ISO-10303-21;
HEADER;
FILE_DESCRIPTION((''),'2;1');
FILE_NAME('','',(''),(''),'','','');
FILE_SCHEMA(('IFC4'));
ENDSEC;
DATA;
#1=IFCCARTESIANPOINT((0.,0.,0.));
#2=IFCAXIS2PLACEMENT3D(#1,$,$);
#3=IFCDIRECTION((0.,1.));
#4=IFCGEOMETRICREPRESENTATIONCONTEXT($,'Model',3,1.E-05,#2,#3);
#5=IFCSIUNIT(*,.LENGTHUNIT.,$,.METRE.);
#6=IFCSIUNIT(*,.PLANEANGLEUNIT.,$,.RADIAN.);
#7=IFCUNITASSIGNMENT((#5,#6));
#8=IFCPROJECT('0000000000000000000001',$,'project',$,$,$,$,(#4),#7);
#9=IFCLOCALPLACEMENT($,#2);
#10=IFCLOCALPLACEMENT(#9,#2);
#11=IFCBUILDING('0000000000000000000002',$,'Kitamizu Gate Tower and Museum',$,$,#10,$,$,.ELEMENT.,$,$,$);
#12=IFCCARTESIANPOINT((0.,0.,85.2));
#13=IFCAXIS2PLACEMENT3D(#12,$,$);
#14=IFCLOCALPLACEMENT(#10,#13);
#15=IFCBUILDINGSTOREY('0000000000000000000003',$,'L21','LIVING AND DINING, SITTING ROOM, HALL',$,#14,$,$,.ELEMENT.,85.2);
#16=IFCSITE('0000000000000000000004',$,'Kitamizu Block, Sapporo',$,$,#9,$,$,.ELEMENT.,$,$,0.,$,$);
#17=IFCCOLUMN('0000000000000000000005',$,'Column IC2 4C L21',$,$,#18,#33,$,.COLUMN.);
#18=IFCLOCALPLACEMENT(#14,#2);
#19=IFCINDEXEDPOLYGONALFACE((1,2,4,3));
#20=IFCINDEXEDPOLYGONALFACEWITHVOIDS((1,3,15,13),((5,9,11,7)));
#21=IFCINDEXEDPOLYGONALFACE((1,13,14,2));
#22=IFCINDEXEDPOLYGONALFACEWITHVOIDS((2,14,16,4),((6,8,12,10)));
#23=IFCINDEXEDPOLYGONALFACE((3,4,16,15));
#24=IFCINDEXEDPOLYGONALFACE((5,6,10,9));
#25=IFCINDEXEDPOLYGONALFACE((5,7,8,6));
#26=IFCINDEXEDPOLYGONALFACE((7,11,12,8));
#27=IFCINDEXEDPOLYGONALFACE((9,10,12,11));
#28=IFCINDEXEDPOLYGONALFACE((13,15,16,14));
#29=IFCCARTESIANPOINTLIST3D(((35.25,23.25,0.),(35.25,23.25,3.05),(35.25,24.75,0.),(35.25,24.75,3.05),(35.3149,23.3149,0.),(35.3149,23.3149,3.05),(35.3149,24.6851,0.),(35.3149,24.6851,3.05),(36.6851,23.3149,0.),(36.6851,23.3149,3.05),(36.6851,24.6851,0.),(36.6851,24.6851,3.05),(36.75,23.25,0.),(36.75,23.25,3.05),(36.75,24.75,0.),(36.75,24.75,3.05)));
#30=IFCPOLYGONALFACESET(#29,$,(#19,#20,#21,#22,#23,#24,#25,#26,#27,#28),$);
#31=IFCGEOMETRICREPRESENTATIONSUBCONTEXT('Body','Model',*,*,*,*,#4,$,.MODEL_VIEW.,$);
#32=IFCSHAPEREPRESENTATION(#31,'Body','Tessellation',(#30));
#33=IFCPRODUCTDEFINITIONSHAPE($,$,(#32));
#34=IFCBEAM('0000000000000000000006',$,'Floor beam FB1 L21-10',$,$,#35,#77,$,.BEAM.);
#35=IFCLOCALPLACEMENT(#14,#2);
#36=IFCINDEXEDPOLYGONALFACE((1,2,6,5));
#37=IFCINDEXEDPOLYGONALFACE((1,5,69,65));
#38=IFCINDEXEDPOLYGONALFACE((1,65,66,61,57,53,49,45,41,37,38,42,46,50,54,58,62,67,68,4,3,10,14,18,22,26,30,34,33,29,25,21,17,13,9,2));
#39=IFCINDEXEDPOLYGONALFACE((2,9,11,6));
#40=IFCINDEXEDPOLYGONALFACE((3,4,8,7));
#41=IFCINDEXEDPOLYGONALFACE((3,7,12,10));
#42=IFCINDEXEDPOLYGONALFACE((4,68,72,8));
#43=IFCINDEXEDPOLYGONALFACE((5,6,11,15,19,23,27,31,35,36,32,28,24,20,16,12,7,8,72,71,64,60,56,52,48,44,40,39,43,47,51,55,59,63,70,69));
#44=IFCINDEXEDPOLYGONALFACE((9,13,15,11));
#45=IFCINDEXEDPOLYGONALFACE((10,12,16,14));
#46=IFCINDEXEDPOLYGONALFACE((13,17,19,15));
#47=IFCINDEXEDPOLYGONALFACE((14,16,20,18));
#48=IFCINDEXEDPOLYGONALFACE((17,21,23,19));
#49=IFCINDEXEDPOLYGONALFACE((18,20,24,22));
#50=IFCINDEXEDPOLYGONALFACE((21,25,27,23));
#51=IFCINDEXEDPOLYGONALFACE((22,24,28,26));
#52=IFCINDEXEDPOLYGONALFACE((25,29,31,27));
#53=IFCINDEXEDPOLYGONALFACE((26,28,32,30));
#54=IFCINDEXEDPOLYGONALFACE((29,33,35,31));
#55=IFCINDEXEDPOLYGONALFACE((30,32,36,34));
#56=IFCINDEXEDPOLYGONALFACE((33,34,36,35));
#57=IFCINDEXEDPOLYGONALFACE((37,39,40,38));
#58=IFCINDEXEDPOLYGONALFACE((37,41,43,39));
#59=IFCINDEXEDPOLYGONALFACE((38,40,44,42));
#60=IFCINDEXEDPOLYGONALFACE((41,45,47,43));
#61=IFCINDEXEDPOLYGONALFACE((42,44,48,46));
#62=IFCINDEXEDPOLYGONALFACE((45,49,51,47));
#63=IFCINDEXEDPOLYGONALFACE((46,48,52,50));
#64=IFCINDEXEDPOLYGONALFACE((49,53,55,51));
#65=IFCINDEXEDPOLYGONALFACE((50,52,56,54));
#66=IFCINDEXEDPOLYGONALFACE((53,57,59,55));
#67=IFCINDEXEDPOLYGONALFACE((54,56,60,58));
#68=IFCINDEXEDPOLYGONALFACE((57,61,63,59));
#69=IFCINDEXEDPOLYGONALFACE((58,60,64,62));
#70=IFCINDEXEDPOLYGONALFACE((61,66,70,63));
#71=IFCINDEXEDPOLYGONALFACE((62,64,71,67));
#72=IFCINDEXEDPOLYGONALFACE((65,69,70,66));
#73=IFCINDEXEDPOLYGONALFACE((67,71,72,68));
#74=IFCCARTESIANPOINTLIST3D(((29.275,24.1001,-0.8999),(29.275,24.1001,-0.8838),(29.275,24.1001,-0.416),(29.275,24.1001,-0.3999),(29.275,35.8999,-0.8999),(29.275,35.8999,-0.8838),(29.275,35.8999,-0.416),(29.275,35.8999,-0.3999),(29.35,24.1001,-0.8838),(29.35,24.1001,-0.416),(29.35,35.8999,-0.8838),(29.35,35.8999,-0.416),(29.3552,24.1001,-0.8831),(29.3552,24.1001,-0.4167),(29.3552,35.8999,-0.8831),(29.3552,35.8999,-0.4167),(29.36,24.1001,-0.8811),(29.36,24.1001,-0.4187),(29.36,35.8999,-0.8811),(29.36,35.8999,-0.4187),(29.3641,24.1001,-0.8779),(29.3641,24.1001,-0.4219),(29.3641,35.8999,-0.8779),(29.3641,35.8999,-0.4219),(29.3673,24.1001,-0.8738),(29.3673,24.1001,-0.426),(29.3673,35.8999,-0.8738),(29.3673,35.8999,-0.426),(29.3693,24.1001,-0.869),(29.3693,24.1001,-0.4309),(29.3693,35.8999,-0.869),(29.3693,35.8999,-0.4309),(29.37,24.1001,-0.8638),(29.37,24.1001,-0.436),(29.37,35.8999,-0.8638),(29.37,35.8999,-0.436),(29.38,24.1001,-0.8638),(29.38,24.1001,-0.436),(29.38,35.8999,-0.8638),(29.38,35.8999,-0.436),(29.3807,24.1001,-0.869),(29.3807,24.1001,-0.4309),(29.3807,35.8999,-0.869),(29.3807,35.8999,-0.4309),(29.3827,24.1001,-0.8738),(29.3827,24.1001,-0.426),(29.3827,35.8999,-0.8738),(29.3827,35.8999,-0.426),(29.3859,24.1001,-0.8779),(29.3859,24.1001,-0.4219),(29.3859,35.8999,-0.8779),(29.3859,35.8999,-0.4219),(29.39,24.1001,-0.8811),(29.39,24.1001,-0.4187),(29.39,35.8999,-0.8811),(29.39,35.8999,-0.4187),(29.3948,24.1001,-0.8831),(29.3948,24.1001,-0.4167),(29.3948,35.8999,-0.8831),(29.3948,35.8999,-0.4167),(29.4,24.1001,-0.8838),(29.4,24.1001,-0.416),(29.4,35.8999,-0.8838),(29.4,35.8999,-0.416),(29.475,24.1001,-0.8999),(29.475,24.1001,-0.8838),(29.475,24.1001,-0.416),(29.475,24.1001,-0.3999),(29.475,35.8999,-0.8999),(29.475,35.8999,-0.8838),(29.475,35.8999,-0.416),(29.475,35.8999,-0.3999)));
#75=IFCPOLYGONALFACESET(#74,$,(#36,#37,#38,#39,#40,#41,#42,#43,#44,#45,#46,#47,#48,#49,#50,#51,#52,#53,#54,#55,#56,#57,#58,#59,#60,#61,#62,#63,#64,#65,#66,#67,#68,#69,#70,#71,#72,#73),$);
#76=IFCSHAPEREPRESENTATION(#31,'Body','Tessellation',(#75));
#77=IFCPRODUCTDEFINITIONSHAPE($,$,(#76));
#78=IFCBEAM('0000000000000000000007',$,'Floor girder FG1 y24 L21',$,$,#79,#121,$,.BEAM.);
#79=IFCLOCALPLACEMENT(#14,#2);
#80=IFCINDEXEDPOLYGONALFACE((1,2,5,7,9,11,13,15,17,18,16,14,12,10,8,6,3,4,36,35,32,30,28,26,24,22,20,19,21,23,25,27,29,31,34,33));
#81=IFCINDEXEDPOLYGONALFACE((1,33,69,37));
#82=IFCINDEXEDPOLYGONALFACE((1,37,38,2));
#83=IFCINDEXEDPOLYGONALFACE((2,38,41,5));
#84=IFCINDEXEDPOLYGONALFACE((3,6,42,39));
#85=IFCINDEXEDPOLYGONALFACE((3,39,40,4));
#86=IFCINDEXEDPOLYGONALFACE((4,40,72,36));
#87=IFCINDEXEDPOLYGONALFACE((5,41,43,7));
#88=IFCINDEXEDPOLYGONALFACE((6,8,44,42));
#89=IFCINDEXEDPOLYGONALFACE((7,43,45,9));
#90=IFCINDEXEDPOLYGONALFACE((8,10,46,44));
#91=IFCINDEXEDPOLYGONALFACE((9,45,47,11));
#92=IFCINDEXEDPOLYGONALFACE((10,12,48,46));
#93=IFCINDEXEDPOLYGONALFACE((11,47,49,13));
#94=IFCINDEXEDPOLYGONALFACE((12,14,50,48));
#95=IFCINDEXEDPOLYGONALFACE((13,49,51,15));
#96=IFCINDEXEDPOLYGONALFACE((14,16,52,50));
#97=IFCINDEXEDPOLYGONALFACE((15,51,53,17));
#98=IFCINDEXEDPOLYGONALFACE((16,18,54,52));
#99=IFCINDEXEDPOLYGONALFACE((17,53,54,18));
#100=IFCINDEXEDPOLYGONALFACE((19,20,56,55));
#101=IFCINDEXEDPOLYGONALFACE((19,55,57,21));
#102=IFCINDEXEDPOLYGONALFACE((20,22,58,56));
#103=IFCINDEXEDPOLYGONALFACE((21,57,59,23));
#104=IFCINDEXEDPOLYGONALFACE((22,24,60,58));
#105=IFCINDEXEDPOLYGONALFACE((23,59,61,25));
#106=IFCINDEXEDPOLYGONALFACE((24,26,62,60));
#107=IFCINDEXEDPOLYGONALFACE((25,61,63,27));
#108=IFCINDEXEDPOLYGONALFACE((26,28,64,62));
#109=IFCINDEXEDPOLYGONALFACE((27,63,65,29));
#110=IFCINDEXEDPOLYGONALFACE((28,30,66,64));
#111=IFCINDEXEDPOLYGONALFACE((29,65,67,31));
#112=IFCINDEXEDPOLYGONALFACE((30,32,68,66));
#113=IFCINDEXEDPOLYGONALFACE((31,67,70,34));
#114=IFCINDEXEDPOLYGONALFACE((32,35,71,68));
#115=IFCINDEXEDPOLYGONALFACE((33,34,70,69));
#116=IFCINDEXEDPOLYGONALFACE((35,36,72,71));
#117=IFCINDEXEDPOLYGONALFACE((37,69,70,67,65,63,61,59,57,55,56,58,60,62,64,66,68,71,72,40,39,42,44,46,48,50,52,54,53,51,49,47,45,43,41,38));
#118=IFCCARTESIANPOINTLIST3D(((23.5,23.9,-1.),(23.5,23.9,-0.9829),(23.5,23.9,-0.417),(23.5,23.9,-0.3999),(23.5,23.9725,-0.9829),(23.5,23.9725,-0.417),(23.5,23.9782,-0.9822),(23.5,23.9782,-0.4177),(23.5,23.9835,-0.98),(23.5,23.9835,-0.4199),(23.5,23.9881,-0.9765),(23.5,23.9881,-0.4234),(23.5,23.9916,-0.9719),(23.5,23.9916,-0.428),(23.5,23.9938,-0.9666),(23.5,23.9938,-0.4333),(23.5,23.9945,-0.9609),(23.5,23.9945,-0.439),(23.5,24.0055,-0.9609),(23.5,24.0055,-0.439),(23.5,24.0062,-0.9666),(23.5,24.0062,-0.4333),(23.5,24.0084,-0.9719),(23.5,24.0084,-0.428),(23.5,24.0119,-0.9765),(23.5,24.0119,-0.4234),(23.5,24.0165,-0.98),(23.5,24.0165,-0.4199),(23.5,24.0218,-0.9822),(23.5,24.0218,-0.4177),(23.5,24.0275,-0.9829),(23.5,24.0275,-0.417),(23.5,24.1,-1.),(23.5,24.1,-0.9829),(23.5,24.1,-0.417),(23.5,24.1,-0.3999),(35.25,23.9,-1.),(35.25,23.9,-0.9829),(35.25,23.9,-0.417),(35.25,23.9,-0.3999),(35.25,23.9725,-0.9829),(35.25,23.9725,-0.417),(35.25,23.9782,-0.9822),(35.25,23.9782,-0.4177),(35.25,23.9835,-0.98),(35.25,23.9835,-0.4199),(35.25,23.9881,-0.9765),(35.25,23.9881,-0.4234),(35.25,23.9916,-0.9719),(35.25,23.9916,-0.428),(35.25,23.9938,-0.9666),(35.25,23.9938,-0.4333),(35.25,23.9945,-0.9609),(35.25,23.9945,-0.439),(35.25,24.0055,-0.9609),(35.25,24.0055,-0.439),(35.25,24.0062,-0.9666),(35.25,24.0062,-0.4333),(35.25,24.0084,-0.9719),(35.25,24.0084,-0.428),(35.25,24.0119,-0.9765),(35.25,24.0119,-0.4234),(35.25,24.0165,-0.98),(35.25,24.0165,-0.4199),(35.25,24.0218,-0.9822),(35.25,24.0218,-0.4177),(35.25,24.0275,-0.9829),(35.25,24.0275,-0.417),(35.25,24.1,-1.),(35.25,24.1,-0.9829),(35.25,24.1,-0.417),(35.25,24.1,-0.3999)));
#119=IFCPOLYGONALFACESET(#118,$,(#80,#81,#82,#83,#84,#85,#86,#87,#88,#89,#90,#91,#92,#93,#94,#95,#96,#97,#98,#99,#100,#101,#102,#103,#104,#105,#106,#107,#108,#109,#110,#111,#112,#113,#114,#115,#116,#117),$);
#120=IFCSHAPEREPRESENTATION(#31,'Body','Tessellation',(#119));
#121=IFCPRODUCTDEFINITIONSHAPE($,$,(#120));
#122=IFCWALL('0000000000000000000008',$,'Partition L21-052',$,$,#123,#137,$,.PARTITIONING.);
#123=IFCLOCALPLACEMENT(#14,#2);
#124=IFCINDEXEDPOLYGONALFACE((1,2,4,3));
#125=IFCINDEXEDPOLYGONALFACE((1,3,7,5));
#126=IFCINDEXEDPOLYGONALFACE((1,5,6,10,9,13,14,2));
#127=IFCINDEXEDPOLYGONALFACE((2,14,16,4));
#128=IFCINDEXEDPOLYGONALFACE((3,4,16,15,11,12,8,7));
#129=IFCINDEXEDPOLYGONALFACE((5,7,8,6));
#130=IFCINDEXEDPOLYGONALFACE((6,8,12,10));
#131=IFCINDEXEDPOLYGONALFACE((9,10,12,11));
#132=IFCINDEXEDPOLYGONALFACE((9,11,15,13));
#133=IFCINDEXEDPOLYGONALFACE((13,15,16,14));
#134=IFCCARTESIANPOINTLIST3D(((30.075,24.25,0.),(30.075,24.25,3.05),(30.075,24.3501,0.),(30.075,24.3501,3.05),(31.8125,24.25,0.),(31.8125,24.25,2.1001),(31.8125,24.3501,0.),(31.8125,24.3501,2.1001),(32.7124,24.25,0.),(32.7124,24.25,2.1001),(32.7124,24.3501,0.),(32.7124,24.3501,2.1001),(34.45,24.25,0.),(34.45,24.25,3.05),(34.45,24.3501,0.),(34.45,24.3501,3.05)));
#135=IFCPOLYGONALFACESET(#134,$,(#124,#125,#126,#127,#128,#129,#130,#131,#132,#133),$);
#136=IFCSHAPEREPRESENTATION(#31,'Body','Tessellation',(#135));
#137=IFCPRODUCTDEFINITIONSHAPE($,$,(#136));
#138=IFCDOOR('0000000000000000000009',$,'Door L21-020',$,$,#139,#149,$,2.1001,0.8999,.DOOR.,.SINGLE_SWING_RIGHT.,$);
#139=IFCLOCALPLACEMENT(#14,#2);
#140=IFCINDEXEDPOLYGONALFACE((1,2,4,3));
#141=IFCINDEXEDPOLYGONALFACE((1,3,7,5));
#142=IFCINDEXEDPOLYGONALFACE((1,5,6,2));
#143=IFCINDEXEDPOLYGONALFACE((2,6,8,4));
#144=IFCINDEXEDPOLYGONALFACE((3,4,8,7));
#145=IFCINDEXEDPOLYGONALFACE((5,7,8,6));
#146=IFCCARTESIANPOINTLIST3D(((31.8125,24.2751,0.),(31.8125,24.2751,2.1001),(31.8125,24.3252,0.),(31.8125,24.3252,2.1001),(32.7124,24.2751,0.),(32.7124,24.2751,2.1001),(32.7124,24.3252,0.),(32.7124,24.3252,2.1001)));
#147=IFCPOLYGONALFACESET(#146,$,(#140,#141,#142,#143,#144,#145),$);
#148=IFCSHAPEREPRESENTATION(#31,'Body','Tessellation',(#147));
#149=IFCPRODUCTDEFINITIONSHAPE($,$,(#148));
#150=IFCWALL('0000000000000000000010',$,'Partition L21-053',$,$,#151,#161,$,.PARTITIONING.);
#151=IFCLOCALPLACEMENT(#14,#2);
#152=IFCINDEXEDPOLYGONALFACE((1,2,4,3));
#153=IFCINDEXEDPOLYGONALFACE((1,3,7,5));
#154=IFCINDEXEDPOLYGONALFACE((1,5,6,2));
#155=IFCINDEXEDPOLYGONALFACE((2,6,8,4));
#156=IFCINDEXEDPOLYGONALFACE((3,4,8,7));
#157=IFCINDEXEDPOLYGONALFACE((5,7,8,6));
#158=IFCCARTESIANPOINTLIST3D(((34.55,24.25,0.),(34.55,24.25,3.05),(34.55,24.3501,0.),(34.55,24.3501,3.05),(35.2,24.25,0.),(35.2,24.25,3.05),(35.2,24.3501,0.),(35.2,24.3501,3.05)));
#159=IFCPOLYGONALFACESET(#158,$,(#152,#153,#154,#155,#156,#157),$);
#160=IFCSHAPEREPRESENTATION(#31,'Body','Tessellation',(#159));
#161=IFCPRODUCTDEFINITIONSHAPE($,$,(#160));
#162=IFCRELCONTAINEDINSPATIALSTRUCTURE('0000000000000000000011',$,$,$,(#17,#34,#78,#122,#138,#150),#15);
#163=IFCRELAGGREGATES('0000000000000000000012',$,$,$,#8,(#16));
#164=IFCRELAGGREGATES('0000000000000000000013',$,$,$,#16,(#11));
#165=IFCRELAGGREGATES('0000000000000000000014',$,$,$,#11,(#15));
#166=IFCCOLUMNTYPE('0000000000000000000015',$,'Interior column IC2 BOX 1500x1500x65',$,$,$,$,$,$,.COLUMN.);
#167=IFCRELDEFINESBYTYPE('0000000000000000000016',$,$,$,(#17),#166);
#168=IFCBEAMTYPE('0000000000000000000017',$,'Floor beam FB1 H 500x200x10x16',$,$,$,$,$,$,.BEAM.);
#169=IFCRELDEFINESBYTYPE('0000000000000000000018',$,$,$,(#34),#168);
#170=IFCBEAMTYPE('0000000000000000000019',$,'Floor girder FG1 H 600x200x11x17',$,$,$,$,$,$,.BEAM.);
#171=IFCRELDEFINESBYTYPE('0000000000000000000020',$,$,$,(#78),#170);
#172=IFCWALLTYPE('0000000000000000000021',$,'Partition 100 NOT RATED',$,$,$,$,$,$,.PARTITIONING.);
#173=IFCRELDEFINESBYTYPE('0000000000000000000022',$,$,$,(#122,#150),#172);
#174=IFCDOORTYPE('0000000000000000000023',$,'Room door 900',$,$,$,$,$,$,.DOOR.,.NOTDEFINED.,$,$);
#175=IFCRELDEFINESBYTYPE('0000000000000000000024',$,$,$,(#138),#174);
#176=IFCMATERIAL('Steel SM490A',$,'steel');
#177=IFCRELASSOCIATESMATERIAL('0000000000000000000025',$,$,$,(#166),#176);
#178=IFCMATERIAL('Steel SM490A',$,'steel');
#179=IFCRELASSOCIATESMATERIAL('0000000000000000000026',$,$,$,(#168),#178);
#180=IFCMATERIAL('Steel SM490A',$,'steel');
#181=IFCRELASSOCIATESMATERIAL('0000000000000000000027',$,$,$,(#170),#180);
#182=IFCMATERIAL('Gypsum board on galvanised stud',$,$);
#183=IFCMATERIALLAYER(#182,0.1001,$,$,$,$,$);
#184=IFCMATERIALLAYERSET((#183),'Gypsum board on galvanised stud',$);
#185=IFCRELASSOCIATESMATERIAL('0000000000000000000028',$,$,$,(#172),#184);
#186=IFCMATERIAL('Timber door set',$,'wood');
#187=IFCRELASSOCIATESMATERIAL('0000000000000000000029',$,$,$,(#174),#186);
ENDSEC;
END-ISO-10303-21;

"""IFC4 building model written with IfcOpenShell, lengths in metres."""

from ifc_helpers import new_model, si_unit, direction, frame, frame_2d, origin, origin_2d, place, context, subcontext, project, spatial, rectangle, hollow_rectangle, i_section, extrude, material, layer, layer_set, material_profile, profile_set, type_object, element, fill, save


model = new_model("IFC4")

# Units and contexts
model_context = context("Model", 3, precision=1e-05, world=origin(), true_north=direction((0.0, 1.0)))
body_context = subcontext(model_context, "Body", "Model", "MODEL_VIEW")
ifc_project = project(units=[si_unit("LENGTHUNIT", "METRE"), si_unit("PLANEANGLEUNIT", "RADIAN")], contexts=[model_context])

# Site, building, storey
site_placement = place(None, origin())
site = spatial("IfcSite", under=ifc_project, at=site_placement, Name="Kitamizu Block, Sapporo", CompositionType="ELEMENT", RefElevation=0.0)
building_placement = place(site_placement, origin())
building = spatial("IfcBuilding", under=site, at=building_placement, Name="Kitamizu Gate Tower and Museum", CompositionType="ELEMENT")
storey_placement = place(building_placement, frame((0.0, 0.0, 85.2)))
storey = spatial("IfcBuildingStorey", under=building, at=storey_placement, Name="L21", Description="LIVING AND DINING, SITTING ROOM, HALL", CompositionType="ELEMENT", Elevation=85.2)

# Column
ifc_material_1 = material(Name="Steel SM490A", Category="steel")
ifc_material_profile_1 = material_profile(ifc_material_1, hollow_rectangle(XDim=1.5, YDim=1.5, WallThickness=0.0649, at=origin_2d()), Name="BOX 1500x1500x65")
ifc_profile_set_1 = profile_set([ifc_material_profile_1], Name="Steel SM490A")
column_type = type_object("IfcColumnType", Name="Interior column IC2 BOX 1500x1500x65", PredefinedType="COLUMN", material=ifc_profile_set_1)
column_placement = place(storey_placement, frame((36.0, 24.0, 0.0), z_axis=(0.0, 0.0, 1.0), x_axis=(1.0, 0.0, 0.0)))
element("IfcColumn", 1, at=column_placement, inside=storey, type_object=column_type, Name="Column IC2 4C L21", PredefinedType="COLUMN", context=body_context, shape_type="SweptSolid", body=[
    extrude(hollow_rectangle(XDim=1.5, YDim=1.5, WallThickness=0.0649, at=origin_2d()), origin(), (0.0, 0.0, 1.0), 3.05),
])

# Beams
ifc_material_2 = material(Name="Steel SM490A", Category="steel")
ifc_material_profile_2 = material_profile(ifc_material_2, i_section(OverallWidth=0.2, OverallDepth=0.5, WebThickness=0.01, FlangeThickness=0.0161, FilletRadius=0.02, at=origin_2d()), Name="H-500x200x10x16")
ifc_profile_set_2 = profile_set([ifc_material_profile_2], Name="Steel SM490A")
beam_type_1 = type_object("IfcBeamType", Name="Floor beam FB1 H 500x200x10x16", PredefinedType="BEAM", material=ifc_profile_set_2)
beam_1_placement = place(storey_placement, frame((29.375, 24.1001, -0.6499), z_axis=(0.0, 1.0, 0.0), x_axis=(-1.0, 0.0, 0.0)))
element("IfcBeam", 2, at=beam_1_placement, inside=storey, type_object=beam_type_1, Name="Floor beam FB1 L21-10", PredefinedType="BEAM", context=body_context, shape_type="SweptSolid", body=[
    extrude(i_section(OverallWidth=0.2, OverallDepth=0.5, WebThickness=0.01, FlangeThickness=0.0161, FilletRadius=0.02, at=origin_2d()), origin(), (0.0, 0.0, 1.0), 11.7998),
])
ifc_material_3 = material(Name="Steel SM490A", Category="steel")
ifc_material_profile_3 = material_profile(ifc_material_3, i_section(OverallWidth=0.2, OverallDepth=0.6001, WebThickness=0.011, FlangeThickness=0.0171, FilletRadius=0.022, at=origin_2d()), Name="H-600x200x11x17")
ifc_profile_set_3 = profile_set([ifc_material_profile_3], Name="Steel SM490A")
beam_type_2 = type_object("IfcBeamType", Name="Floor girder FG1 H 600x200x11x17", PredefinedType="BEAM", material=ifc_profile_set_3)
beam_2_placement = place(storey_placement, frame((23.5, 24.0, -0.7), z_axis=(1.0, 0.0, 0.0), x_axis=(0.0, 1.0, 0.0)))
element("IfcBeam", 3, at=beam_2_placement, inside=storey, type_object=beam_type_2, Name="Floor girder FG1 y24 L21", PredefinedType="BEAM", context=body_context, shape_type="SweptSolid", body=[
    extrude(i_section(OverallWidth=0.2, OverallDepth=0.6001, WebThickness=0.011, FlangeThickness=0.0171, FilletRadius=0.022, at=origin_2d()), origin(), (0.0, 0.0, 1.0), 11.75),
])

# Wall, opening, door
ifc_material_4 = material(Name="Gypsum board on galvanised stud")
ifc_layer_1 = layer(ifc_material_4, 0.1001)
ifc_layer_set_1 = layer_set([ifc_layer_1], Name="Gypsum board on galvanised stud")
wall_type_1 = type_object("IfcWallType", Name="Partition 100 NOT RATED", PredefinedType="PARTITIONING", material=ifc_layer_set_1)
wall_1_placement = place(storey_placement, frame((34.45, 24.3, 0.0), z_axis=(0.0, 0.0, 1.0), x_axis=(-1.0, 0.0, 0.0)))
wall_1 = element("IfcWall", 4, at=wall_1_placement, inside=storey, type_object=wall_type_1, Name="Partition L21-052", PredefinedType="PARTITIONING", context=body_context, shape_type="SweptSolid", body=[
    extrude(rectangle(XDim=4.375, YDim=0.1001, at=frame_2d((2.1875, 0.0))), origin(), (0.0, 0.0, 1.0), 3.05),
])
opening_1_placement = place(wall_1_placement, frame((1.7375, 0.0, 0.0)))
opening_1 = element("IfcOpeningElement", 5, at=opening_1_placement, cuts=wall_1, PredefinedType="OPENING", context=body_context, shape_type="SweptSolid", body=[
    extrude(rectangle(XDim=0.8999, YDim=2.1001, at=frame_2d((0.45, 1.05))), frame((0.0, 0.0601, 0.0), z_axis=(0.0, -1.0, 0.0), x_axis=(1.0, 0.0, 0.0)), (0.0, 0.0, 1.0), 0.1201),
])
ifc_material_5 = material(Name="Timber door set", Category="wood")
door_type_1 = type_object("IfcDoorType", Name="Room door 900", OperationType="NOTDEFINED", PredefinedType="DOOR", material=ifc_material_5)
door_1_placement = place(opening_1_placement, origin())
door_1 = element("IfcDoor", 6, at=door_1_placement, inside=storey, type_object=door_type_1, Name="Door L21-020", OperationType="SINGLE_SWING_RIGHT", OverallHeight=2.1001, OverallWidth=0.8999, PredefinedType="DOOR", context=body_context, shape_type="SweptSolid", body=[
    extrude(rectangle(XDim=0.8999, YDim=2.1001, at=frame_2d((0.45, 1.05))), frame((0.0, 0.0249, 0.0), z_axis=(0.0, -1.0, 0.0), x_axis=(1.0, 0.0, 0.0)), (0.0, 0.0, 1.0), 0.05),
])
fill(opening_1, door_1)

# Wall
wall_2_placement = place(storey_placement, frame((35.2, 24.3, 0.0), z_axis=(0.0, 0.0, 1.0), x_axis=(-1.0, 0.0, 0.0)))
element("IfcWall", 7, at=wall_2_placement, inside=storey, type_object=wall_type_1, Name="Partition L21-053", PredefinedType="PARTITIONING", context=body_context, shape_type="SweptSolid", body=[
    extrude(rectangle(XDim=0.6499, YDim=0.1001, at=frame_2d((0.325, 0.0))), origin(), (0.0, 0.0, 1.0), 3.05),
])

save(model, "model.ifc")
